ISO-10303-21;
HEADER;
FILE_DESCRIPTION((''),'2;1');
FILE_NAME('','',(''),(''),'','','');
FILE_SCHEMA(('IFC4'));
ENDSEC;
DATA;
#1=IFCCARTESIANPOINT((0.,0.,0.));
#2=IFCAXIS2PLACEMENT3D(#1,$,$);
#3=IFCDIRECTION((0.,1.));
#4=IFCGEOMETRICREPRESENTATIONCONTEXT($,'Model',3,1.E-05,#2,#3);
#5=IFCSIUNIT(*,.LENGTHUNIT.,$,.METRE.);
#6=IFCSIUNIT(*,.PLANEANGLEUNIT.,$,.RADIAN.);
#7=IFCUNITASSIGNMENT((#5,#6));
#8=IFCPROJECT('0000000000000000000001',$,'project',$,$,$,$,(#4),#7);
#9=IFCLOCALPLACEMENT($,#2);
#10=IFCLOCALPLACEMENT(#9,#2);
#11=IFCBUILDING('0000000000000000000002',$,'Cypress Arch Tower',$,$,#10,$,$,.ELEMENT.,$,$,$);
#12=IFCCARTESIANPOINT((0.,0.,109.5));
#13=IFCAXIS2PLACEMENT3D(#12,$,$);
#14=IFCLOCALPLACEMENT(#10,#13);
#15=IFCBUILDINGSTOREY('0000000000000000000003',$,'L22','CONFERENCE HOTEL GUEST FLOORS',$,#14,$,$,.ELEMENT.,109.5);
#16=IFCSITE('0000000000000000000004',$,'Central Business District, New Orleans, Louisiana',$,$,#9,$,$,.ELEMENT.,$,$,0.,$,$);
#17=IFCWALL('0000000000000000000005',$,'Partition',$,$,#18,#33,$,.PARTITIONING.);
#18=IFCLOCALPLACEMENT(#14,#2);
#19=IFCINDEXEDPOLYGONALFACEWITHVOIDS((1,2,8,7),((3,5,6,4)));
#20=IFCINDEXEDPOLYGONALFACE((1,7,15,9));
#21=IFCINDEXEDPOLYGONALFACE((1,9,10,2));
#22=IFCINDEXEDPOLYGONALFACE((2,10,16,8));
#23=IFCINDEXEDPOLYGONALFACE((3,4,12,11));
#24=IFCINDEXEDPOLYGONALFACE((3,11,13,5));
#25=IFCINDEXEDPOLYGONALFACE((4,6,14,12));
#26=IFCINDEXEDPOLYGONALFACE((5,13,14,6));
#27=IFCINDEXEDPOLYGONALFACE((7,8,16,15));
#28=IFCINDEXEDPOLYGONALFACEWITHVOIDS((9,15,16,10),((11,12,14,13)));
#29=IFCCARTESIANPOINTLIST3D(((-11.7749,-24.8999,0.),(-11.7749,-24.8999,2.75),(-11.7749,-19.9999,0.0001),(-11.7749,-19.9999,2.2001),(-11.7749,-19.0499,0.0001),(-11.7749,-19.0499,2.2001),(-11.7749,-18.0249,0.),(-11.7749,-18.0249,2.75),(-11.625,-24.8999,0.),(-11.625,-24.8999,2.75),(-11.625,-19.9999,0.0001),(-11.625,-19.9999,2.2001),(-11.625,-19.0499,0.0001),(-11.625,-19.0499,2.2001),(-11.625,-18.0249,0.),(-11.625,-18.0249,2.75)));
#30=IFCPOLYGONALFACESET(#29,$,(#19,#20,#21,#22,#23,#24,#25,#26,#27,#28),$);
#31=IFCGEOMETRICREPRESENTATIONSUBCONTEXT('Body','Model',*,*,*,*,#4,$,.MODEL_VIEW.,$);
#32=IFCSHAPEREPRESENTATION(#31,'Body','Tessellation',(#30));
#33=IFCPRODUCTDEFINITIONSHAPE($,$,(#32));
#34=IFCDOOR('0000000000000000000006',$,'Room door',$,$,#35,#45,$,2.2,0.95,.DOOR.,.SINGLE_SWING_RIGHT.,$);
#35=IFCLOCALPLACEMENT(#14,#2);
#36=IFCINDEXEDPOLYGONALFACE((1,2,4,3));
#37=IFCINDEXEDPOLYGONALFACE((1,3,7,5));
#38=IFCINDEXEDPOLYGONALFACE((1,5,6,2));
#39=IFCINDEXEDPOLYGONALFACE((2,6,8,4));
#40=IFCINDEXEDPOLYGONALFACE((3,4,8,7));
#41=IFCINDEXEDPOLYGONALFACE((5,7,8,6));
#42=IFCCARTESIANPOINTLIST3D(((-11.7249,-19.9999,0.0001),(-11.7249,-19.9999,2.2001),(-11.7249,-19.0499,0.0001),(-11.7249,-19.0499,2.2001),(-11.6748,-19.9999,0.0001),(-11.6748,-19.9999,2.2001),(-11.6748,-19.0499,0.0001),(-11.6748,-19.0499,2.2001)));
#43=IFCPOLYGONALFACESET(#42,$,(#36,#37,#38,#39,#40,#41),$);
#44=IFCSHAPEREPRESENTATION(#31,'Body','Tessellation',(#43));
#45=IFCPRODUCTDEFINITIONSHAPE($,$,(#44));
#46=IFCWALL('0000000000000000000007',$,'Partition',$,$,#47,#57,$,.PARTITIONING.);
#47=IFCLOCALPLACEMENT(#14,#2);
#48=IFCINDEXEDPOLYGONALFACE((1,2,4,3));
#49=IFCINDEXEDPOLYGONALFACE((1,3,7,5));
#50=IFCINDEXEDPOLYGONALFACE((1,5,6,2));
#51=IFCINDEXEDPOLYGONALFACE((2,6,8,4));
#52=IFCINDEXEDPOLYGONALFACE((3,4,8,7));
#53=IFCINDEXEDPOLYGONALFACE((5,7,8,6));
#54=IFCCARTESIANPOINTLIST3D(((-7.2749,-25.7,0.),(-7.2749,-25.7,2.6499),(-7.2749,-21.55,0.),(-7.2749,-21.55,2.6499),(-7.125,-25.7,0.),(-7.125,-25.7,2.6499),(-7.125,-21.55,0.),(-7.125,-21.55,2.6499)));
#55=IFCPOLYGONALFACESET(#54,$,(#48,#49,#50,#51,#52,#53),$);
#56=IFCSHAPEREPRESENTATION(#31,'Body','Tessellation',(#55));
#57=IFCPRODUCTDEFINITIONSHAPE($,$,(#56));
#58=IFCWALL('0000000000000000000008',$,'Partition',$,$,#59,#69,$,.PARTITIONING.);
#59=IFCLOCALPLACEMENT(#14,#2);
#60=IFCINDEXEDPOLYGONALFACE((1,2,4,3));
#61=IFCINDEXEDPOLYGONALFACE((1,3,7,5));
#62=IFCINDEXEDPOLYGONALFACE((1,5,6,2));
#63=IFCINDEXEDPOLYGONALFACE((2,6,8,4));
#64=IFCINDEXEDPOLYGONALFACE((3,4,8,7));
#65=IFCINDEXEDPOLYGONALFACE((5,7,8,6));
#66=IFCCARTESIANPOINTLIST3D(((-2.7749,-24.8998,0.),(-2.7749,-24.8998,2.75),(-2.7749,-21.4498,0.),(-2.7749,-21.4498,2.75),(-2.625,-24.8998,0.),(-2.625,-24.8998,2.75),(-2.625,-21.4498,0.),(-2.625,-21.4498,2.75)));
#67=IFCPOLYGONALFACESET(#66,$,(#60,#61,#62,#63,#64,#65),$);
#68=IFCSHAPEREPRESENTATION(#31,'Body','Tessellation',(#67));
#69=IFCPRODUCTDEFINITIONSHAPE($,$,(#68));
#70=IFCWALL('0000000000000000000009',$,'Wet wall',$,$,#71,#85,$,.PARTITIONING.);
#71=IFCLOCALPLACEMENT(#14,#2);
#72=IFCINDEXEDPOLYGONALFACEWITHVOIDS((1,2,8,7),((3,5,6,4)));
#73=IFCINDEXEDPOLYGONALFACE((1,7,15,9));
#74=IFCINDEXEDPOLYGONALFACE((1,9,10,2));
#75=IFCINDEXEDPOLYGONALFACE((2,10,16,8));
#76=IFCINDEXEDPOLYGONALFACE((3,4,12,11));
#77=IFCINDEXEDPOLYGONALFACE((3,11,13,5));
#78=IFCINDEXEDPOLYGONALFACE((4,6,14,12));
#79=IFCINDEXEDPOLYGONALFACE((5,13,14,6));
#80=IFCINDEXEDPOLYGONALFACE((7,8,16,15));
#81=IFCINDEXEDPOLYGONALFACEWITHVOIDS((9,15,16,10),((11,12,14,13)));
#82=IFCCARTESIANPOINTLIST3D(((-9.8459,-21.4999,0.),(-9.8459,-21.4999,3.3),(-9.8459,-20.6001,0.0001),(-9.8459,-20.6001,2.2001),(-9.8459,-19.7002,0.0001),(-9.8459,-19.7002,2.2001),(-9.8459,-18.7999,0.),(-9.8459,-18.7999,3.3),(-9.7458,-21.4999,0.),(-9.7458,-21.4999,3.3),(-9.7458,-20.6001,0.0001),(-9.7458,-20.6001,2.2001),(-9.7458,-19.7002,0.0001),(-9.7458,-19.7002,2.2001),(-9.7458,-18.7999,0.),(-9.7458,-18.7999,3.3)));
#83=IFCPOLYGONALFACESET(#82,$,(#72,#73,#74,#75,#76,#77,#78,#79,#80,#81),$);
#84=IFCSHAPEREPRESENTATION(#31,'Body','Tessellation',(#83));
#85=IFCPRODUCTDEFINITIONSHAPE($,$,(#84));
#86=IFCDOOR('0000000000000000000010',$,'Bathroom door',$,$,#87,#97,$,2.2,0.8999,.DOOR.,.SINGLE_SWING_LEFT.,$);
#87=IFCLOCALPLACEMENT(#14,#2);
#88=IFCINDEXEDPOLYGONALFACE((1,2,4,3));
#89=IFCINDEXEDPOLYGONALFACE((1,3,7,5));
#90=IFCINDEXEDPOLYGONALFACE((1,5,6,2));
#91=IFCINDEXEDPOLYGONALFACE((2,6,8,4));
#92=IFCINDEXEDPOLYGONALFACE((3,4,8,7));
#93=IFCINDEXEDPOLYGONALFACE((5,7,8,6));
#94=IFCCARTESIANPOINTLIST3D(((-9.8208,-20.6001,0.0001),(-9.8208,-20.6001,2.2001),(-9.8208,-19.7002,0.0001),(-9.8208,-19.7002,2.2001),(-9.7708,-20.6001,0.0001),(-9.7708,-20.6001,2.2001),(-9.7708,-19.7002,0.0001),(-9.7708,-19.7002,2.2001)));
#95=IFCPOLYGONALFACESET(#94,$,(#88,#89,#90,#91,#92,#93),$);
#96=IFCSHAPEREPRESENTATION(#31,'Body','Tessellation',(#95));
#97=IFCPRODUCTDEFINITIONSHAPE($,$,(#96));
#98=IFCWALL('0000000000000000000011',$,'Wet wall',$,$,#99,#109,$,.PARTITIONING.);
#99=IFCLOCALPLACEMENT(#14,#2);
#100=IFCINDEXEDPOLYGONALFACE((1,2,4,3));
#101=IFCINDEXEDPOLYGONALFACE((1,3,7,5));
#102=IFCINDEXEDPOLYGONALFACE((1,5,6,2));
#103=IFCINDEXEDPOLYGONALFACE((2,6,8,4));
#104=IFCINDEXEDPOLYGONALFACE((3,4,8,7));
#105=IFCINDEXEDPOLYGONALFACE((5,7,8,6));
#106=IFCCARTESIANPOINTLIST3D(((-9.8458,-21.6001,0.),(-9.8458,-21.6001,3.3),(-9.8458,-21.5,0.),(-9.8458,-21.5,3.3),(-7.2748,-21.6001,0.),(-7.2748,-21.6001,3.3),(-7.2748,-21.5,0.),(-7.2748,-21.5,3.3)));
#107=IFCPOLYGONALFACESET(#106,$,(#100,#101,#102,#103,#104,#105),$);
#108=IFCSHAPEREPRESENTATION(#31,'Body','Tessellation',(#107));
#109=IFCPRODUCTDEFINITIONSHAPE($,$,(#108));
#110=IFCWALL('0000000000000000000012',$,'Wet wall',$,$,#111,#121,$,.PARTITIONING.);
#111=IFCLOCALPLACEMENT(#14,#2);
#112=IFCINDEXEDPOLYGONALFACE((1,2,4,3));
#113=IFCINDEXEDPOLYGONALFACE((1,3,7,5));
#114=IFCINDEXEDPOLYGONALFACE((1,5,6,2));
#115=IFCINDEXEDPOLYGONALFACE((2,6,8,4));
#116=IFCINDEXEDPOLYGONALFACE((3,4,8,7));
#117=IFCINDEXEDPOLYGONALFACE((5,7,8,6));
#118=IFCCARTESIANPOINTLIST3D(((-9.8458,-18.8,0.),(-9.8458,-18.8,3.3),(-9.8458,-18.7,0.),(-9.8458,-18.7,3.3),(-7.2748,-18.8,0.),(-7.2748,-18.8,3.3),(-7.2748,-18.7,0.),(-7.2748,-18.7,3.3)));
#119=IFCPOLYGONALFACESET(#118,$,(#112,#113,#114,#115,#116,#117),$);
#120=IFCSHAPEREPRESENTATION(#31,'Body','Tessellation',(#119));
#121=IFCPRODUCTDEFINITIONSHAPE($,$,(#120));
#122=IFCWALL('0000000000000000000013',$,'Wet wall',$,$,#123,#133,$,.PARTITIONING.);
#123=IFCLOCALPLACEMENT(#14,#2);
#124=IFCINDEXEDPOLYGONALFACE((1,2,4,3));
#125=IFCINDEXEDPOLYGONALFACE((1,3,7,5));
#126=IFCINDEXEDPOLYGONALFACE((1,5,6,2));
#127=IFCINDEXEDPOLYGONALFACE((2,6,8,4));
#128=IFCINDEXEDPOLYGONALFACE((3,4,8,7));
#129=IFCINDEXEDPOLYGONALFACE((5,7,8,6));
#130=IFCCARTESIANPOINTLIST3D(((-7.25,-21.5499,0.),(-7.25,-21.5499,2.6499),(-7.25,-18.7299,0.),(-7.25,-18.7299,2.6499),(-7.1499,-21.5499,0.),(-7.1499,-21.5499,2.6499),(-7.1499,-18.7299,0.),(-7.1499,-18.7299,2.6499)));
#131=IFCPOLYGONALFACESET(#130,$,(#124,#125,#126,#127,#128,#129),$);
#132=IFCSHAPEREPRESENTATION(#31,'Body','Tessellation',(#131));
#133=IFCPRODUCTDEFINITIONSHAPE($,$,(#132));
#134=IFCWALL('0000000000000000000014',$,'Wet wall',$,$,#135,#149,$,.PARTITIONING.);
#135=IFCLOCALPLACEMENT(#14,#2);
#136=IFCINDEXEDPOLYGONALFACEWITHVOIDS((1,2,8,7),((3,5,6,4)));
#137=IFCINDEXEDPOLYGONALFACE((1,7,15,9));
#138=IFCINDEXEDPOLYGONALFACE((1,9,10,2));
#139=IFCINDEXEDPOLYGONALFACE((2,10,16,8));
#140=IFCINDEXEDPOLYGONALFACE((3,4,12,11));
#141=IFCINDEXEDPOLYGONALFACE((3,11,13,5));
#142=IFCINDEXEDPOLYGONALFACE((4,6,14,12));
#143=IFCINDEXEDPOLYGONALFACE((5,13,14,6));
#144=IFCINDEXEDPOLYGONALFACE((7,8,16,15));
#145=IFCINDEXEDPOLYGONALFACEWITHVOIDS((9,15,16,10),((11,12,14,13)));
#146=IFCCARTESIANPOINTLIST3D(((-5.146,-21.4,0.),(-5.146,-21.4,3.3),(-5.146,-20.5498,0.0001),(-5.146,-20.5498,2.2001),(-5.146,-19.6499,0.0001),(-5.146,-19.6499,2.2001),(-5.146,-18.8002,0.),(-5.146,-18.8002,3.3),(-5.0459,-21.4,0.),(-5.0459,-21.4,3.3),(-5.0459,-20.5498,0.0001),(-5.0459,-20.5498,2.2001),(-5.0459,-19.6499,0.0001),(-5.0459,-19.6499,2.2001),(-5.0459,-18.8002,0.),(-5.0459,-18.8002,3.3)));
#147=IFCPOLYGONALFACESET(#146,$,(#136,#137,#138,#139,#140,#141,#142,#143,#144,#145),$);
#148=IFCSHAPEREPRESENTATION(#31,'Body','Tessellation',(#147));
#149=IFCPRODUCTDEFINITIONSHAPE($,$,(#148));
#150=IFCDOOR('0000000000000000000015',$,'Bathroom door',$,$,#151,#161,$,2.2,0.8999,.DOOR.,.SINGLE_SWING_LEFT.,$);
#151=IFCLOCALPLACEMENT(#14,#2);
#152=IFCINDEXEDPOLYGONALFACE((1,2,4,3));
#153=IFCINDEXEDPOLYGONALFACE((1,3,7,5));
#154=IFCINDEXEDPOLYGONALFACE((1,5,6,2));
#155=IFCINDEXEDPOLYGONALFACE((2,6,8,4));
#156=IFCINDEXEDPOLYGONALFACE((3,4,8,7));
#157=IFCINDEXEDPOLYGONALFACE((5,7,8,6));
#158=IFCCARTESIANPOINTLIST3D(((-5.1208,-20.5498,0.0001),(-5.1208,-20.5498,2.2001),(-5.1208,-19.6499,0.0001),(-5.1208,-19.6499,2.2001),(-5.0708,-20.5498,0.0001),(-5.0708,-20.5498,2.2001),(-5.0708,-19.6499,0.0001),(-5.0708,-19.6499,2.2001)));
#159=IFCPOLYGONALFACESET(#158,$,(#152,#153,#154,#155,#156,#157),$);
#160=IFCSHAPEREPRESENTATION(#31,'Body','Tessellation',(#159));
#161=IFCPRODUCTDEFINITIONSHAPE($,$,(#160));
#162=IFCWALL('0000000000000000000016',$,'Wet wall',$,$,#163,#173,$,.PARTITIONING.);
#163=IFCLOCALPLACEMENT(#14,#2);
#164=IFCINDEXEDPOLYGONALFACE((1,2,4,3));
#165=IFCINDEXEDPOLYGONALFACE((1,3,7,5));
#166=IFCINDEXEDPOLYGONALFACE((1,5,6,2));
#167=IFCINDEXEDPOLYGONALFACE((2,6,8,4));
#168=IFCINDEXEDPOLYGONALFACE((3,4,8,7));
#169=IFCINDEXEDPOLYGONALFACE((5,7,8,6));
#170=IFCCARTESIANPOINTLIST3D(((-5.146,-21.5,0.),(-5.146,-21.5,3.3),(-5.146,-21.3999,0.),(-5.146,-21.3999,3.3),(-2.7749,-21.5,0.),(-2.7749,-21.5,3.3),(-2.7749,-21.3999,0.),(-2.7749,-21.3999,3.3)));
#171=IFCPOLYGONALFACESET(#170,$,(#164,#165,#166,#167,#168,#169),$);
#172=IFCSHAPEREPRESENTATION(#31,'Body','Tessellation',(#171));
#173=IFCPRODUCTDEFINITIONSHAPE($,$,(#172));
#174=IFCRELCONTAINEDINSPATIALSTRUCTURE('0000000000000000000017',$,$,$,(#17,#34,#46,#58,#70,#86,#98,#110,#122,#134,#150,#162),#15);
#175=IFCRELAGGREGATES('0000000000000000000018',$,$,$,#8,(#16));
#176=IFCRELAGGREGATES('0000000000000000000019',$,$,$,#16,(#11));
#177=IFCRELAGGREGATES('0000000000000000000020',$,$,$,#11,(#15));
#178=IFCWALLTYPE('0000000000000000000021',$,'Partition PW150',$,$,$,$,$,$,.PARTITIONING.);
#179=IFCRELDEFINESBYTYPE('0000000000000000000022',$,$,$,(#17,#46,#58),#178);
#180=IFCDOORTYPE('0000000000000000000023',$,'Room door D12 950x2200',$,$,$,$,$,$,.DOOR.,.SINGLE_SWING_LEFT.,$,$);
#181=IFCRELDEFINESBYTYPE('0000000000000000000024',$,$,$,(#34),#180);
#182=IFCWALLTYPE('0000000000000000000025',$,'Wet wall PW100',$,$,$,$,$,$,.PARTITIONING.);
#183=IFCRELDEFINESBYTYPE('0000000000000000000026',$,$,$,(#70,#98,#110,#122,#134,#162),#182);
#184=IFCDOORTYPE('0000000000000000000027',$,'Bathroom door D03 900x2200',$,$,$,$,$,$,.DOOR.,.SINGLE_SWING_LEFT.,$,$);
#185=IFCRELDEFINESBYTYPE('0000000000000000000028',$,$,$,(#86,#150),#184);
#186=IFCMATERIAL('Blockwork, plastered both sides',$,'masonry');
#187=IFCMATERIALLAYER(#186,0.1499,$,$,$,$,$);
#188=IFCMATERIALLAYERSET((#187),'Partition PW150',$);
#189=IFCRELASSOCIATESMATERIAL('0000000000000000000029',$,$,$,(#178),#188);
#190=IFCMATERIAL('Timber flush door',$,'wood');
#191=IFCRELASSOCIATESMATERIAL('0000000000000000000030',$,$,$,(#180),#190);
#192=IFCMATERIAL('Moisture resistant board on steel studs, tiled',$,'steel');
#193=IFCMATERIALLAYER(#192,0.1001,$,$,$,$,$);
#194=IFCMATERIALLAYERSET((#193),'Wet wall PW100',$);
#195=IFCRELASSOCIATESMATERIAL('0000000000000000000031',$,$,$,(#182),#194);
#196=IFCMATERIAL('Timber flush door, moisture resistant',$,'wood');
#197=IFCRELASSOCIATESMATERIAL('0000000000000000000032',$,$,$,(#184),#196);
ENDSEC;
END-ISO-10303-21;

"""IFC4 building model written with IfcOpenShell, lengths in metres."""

from ifc_helpers import new_model, si_unit, direction, frame, frame_2d, origin, place, context, subcontext, project, spatial, rectangle, extrude, material, layer, layer_set, type_object, element, fill, save


model = new_model("IFC4")

# Units and contexts
model_context = context("Model", 3, precision=1e-05, world=origin(), true_north=direction((0.0, 1.0)))
body_context = subcontext(model_context, "Body", "Model", "MODEL_VIEW")
ifc_project = project(units=[si_unit("LENGTHUNIT", "METRE"), si_unit("PLANEANGLEUNIT", "RADIAN")], contexts=[model_context])

# Site, building, storey
site_placement = place(None, origin())
site = spatial("IfcSite", under=ifc_project, at=site_placement, Name="Central Business District, New Orleans, Louisiana", CompositionType="ELEMENT", RefElevation=0.0)
building_placement = place(site_placement, origin())
building = spatial("IfcBuilding", under=site, at=building_placement, Name="Cypress Arch Tower", CompositionType="ELEMENT")
storey_placement = place(building_placement, frame((0.0, 0.0, 109.5)))
storey = spatial("IfcBuildingStorey", under=building, at=storey_placement, Name="L22", Description="CONFERENCE HOTEL GUEST FLOORS", CompositionType="ELEMENT", Elevation=109.5)

# Shared definitions
ifc_material_1 = material(Name="Blockwork, plastered both sides", Category="masonry")
ifc_layer_1 = layer(ifc_material_1, 0.1499)
ifc_layer_set_1 = layer_set([ifc_layer_1], Name="Partition PW150")
wall_type_1 = type_object("IfcWallType", Name="Partition PW150", PredefinedType="PARTITIONING", material=ifc_layer_set_1)

# Wall, opening, door
wall_1_placement = place(storey_placement, frame((-11.7, -24.8999, 0.0), z_axis=(0.0, 0.0, 1.0), x_axis=(0.0, 1.0, 0.0)))
wall_1 = element("IfcWall", 1, at=wall_1_placement, inside=storey, type_object=wall_type_1, Name="Partition", PredefinedType="PARTITIONING", context=body_context, shape_type="SweptSolid", body=[
    extrude(rectangle(XDim=6.875, YDim=0.1499, at=frame_2d((3.4375, 0.0))), origin(), (0.0, 0.0, 1.0), 2.75),
])
opening_1_placement = place(wall_1_placement, frame((4.8999, 0.0, 0.0)))
opening_1 = element("IfcOpeningElement", 2, at=opening_1_placement, cuts=wall_1, PredefinedType="OPENING", context=body_context, shape_type="SweptSolid", body=[
    extrude(rectangle(XDim=0.95, YDim=2.2, at=frame_2d((0.4751, 1.1001))), frame((0.0, 0.085, 0.0), z_axis=(0.0, -1.0, 0.0), x_axis=(1.0, 0.0, 0.0)), (0.0, 0.0, 1.0), 0.1699),
])
ifc_material_2 = material(Name="Timber flush door", Category="wood")
door_type_1 = type_object("IfcDoorType", Name="Room door D12 950x2200", OperationType="SINGLE_SWING_LEFT", PredefinedType="DOOR", material=ifc_material_2)
door_1_placement = place(opening_1_placement, origin())
door_1 = element("IfcDoor", 3, at=door_1_placement, inside=storey, type_object=door_type_1, Name="Room door", OperationType="SINGLE_SWING_RIGHT", OverallHeight=2.2, OverallWidth=0.95, PredefinedType="DOOR", context=body_context, shape_type="SweptSolid", body=[
    extrude(rectangle(XDim=0.95, YDim=2.2, at=frame_2d((0.4751, 1.1001))), frame((0.0, 0.0249, 0.0), z_axis=(0.0, -1.0, 0.0), x_axis=(1.0, 0.0, 0.0)), (0.0, 0.0, 1.0), 0.05),
])
fill(opening_1, door_1)

# Walls
wall_2_placement = place(storey_placement, frame((-7.2, -25.7, 0.0), z_axis=(0.0, 0.0, 1.0), x_axis=(0.0, 1.0, 0.0)))
element("IfcWall", 4, at=wall_2_placement, inside=storey, type_object=wall_type_1, Name="Partition", PredefinedType="PARTITIONING", context=body_context, shape_type="SweptSolid", body=[
    extrude(rectangle(XDim=4.1499, YDim=0.1499, at=frame_2d((2.075, 0.0))), origin(), (0.0, 0.0, 1.0), 2.6499),
])
wall_3_placement = place(storey_placement, frame((-2.7, -24.8999, 0.0), z_axis=(0.0, 0.0, 1.0), x_axis=(0.0, 1.0, 0.0)))
element("IfcWall", 5, at=wall_3_placement, inside=storey, type_object=wall_type_1, Name="Partition", PredefinedType="PARTITIONING", context=body_context, shape_type="SweptSolid", body=[
    extrude(rectangle(XDim=3.45, YDim=0.1499, at=frame_2d((1.7251, 0.0))), origin(), (0.0, 0.0, 1.0), 2.75),
])

# Wall, opening, door
ifc_material_3 = material(Name="Moisture resistant board on steel studs, tiled", Category="steel")
ifc_layer_2 = layer(ifc_material_3, 0.1001)
ifc_layer_set_2 = layer_set([ifc_layer_2], Name="Wet wall PW100")
wall_type_2 = type_object("IfcWallType", Name="Wet wall PW100", PredefinedType="PARTITIONING", material=ifc_layer_set_2)
wall_4_placement = place(storey_placement, frame((-9.7959, -21.5, 0.0), z_axis=(0.0, 0.0, 1.0), x_axis=(0.0, 1.0, 0.0)))
wall_4 = element("IfcWall", 6, at=wall_4_placement, inside=storey, type_object=wall_type_2, Name="Wet wall", PredefinedType="PARTITIONING", context=body_context, shape_type="SweptSolid", body=[
    extrude(rectangle(XDim=2.7, YDim=0.1001, at=frame_2d((1.3501, 0.0))), origin(), (0.0, 0.0, 1.0), 3.3),
])
opening_2_placement = place(wall_4_placement, frame((0.8999, 0.0, 0.0)))
opening_2 = element("IfcOpeningElement", 7, at=opening_2_placement, cuts=wall_4, PredefinedType="OPENING", context=body_context, shape_type="SweptSolid", body=[
    extrude(rectangle(XDim=0.8999, YDim=2.2, at=frame_2d((0.45, 1.1001))), frame((0.0, 0.0601, 0.0), z_axis=(0.0, -1.0, 0.0), x_axis=(1.0, 0.0, 0.0)), (0.0, 0.0, 1.0), 0.1201),
])
ifc_material_4 = material(Name="Timber flush door, moisture resistant", Category="wood")
door_type_2 = type_object("IfcDoorType", Name="Bathroom door D03 900x2200", OperationType="SINGLE_SWING_LEFT", PredefinedType="DOOR", material=ifc_material_4)
door_2_placement = place(opening_2_placement, origin())
door_2 = element("IfcDoor", 8, at=door_2_placement, inside=storey, type_object=door_type_2, Name="Bathroom door", OperationType="SINGLE_SWING_LEFT", OverallHeight=2.2, OverallWidth=0.8999, PredefinedType="DOOR", context=body_context, shape_type="SweptSolid", body=[
    extrude(rectangle(XDim=0.8999, YDim=2.2, at=frame_2d((0.45, 1.1001))), frame((0.0, 0.0249, 0.0), z_axis=(0.0, -1.0, 0.0), x_axis=(1.0, 0.0, 0.0)), (0.0, 0.0, 1.0), 0.05),
])
fill(opening_2, door_2)

# Walls
for number, where, z_axis, x_axis, name in (
    (9, (-9.8459, -21.55, 0.0), (0.0, 0.0, 1.0), (1.0, 0.0, 0.0), "Wet wall"),
    (10, (-9.8459, -18.75, 0.0), (0.0, 0.0, 1.0), (1.0, 0.0, 0.0), "Wet wall"),
):
    element("IfcWall", number, at=place(storey_placement, frame(where, z_axis=z_axis, x_axis=x_axis)), inside=storey, type_object=wall_type_2, Name=name, PredefinedType="PARTITIONING", context=body_context, shape_type="SweptSolid", body=[
        extrude(rectangle(XDim=2.571, YDim=0.1001, at=frame_2d((1.2856, 0.0))), origin(), (0.0, 0.0, 1.0), 3.3),
    ])
wall_5_placement = place(storey_placement, frame((-7.2, -21.55, 0.0), z_axis=(0.0, 0.0, 1.0), x_axis=(0.0, 1.0, 0.0)))
element("IfcWall", 11, at=wall_5_placement, inside=storey, type_object=wall_type_2, Name="Wet wall", PredefinedType="PARTITIONING", context=body_context, shape_type="SweptSolid", body=[
    extrude(rectangle(XDim=2.8201, YDim=0.1001, at=frame_2d((1.4102, 0.0))), origin(), (0.0, 0.0, 1.0), 2.6499),
])

# Wall, opening, door
wall_6_placement = place(storey_placement, frame((-5.0959, -21.3999, 0.0), z_axis=(0.0, 0.0, 1.0), x_axis=(0.0, 1.0, 0.0)))
wall_6 = element("IfcWall", 12, at=wall_6_placement, inside=storey, type_object=wall_type_2, Name="Wet wall", PredefinedType="PARTITIONING", context=body_context, shape_type="SweptSolid", body=[
    extrude(rectangle(XDim=2.5999, YDim=0.1001, at=frame_2d((1.2998, 0.0))), origin(), (0.0, 0.0, 1.0), 3.3),
])
opening_3_placement = place(wall_6_placement, frame((0.8501, 0.0, 0.0)))
opening_3 = element("IfcOpeningElement", 13, at=opening_3_placement, cuts=wall_6, PredefinedType="OPENING", context=body_context, shape_type="SweptSolid", body=[
    extrude(rectangle(XDim=0.8999, YDim=2.2, at=frame_2d((0.45, 1.1001))), frame((0.0, 0.0601, 0.0), z_axis=(0.0, -1.0, 0.0), x_axis=(1.0, 0.0, 0.0)), (0.0, 0.0, 1.0), 0.1201),
])
door_3_placement = place(opening_3_placement, origin())
door_3 = element("IfcDoor", 14, at=door_3_placement, inside=storey, type_object=door_type_2, Name="Bathroom door", OperationType="SINGLE_SWING_LEFT", OverallHeight=2.2, OverallWidth=0.8999, PredefinedType="DOOR", context=body_context, shape_type="SweptSolid", body=[
    extrude(rectangle(XDim=0.8999, YDim=2.2, at=frame_2d((0.45, 1.1001))), frame((0.0, 0.0249, 0.0), z_axis=(0.0, -1.0, 0.0), x_axis=(1.0, 0.0, 0.0)), (0.0, 0.0, 1.0), 0.05),
])
fill(opening_3, door_3)

# Wall
wall_7_placement = place(storey_placement, frame((-5.146, -21.45, 0.0), z_axis=(0.0, 0.0, 1.0), x_axis=(1.0, 0.0, 0.0)))
element("IfcWall", 15, at=wall_7_placement, inside=storey, type_object=wall_type_2, Name="Wet wall", PredefinedType="PARTITIONING", context=body_context, shape_type="SweptSolid", body=[
    extrude(rectangle(XDim=2.3711, YDim=0.1001, at=frame_2d((1.1855, 0.0))), origin(), (0.0, 0.0, 1.0), 3.3),
])

save(model, "model.ifc")
